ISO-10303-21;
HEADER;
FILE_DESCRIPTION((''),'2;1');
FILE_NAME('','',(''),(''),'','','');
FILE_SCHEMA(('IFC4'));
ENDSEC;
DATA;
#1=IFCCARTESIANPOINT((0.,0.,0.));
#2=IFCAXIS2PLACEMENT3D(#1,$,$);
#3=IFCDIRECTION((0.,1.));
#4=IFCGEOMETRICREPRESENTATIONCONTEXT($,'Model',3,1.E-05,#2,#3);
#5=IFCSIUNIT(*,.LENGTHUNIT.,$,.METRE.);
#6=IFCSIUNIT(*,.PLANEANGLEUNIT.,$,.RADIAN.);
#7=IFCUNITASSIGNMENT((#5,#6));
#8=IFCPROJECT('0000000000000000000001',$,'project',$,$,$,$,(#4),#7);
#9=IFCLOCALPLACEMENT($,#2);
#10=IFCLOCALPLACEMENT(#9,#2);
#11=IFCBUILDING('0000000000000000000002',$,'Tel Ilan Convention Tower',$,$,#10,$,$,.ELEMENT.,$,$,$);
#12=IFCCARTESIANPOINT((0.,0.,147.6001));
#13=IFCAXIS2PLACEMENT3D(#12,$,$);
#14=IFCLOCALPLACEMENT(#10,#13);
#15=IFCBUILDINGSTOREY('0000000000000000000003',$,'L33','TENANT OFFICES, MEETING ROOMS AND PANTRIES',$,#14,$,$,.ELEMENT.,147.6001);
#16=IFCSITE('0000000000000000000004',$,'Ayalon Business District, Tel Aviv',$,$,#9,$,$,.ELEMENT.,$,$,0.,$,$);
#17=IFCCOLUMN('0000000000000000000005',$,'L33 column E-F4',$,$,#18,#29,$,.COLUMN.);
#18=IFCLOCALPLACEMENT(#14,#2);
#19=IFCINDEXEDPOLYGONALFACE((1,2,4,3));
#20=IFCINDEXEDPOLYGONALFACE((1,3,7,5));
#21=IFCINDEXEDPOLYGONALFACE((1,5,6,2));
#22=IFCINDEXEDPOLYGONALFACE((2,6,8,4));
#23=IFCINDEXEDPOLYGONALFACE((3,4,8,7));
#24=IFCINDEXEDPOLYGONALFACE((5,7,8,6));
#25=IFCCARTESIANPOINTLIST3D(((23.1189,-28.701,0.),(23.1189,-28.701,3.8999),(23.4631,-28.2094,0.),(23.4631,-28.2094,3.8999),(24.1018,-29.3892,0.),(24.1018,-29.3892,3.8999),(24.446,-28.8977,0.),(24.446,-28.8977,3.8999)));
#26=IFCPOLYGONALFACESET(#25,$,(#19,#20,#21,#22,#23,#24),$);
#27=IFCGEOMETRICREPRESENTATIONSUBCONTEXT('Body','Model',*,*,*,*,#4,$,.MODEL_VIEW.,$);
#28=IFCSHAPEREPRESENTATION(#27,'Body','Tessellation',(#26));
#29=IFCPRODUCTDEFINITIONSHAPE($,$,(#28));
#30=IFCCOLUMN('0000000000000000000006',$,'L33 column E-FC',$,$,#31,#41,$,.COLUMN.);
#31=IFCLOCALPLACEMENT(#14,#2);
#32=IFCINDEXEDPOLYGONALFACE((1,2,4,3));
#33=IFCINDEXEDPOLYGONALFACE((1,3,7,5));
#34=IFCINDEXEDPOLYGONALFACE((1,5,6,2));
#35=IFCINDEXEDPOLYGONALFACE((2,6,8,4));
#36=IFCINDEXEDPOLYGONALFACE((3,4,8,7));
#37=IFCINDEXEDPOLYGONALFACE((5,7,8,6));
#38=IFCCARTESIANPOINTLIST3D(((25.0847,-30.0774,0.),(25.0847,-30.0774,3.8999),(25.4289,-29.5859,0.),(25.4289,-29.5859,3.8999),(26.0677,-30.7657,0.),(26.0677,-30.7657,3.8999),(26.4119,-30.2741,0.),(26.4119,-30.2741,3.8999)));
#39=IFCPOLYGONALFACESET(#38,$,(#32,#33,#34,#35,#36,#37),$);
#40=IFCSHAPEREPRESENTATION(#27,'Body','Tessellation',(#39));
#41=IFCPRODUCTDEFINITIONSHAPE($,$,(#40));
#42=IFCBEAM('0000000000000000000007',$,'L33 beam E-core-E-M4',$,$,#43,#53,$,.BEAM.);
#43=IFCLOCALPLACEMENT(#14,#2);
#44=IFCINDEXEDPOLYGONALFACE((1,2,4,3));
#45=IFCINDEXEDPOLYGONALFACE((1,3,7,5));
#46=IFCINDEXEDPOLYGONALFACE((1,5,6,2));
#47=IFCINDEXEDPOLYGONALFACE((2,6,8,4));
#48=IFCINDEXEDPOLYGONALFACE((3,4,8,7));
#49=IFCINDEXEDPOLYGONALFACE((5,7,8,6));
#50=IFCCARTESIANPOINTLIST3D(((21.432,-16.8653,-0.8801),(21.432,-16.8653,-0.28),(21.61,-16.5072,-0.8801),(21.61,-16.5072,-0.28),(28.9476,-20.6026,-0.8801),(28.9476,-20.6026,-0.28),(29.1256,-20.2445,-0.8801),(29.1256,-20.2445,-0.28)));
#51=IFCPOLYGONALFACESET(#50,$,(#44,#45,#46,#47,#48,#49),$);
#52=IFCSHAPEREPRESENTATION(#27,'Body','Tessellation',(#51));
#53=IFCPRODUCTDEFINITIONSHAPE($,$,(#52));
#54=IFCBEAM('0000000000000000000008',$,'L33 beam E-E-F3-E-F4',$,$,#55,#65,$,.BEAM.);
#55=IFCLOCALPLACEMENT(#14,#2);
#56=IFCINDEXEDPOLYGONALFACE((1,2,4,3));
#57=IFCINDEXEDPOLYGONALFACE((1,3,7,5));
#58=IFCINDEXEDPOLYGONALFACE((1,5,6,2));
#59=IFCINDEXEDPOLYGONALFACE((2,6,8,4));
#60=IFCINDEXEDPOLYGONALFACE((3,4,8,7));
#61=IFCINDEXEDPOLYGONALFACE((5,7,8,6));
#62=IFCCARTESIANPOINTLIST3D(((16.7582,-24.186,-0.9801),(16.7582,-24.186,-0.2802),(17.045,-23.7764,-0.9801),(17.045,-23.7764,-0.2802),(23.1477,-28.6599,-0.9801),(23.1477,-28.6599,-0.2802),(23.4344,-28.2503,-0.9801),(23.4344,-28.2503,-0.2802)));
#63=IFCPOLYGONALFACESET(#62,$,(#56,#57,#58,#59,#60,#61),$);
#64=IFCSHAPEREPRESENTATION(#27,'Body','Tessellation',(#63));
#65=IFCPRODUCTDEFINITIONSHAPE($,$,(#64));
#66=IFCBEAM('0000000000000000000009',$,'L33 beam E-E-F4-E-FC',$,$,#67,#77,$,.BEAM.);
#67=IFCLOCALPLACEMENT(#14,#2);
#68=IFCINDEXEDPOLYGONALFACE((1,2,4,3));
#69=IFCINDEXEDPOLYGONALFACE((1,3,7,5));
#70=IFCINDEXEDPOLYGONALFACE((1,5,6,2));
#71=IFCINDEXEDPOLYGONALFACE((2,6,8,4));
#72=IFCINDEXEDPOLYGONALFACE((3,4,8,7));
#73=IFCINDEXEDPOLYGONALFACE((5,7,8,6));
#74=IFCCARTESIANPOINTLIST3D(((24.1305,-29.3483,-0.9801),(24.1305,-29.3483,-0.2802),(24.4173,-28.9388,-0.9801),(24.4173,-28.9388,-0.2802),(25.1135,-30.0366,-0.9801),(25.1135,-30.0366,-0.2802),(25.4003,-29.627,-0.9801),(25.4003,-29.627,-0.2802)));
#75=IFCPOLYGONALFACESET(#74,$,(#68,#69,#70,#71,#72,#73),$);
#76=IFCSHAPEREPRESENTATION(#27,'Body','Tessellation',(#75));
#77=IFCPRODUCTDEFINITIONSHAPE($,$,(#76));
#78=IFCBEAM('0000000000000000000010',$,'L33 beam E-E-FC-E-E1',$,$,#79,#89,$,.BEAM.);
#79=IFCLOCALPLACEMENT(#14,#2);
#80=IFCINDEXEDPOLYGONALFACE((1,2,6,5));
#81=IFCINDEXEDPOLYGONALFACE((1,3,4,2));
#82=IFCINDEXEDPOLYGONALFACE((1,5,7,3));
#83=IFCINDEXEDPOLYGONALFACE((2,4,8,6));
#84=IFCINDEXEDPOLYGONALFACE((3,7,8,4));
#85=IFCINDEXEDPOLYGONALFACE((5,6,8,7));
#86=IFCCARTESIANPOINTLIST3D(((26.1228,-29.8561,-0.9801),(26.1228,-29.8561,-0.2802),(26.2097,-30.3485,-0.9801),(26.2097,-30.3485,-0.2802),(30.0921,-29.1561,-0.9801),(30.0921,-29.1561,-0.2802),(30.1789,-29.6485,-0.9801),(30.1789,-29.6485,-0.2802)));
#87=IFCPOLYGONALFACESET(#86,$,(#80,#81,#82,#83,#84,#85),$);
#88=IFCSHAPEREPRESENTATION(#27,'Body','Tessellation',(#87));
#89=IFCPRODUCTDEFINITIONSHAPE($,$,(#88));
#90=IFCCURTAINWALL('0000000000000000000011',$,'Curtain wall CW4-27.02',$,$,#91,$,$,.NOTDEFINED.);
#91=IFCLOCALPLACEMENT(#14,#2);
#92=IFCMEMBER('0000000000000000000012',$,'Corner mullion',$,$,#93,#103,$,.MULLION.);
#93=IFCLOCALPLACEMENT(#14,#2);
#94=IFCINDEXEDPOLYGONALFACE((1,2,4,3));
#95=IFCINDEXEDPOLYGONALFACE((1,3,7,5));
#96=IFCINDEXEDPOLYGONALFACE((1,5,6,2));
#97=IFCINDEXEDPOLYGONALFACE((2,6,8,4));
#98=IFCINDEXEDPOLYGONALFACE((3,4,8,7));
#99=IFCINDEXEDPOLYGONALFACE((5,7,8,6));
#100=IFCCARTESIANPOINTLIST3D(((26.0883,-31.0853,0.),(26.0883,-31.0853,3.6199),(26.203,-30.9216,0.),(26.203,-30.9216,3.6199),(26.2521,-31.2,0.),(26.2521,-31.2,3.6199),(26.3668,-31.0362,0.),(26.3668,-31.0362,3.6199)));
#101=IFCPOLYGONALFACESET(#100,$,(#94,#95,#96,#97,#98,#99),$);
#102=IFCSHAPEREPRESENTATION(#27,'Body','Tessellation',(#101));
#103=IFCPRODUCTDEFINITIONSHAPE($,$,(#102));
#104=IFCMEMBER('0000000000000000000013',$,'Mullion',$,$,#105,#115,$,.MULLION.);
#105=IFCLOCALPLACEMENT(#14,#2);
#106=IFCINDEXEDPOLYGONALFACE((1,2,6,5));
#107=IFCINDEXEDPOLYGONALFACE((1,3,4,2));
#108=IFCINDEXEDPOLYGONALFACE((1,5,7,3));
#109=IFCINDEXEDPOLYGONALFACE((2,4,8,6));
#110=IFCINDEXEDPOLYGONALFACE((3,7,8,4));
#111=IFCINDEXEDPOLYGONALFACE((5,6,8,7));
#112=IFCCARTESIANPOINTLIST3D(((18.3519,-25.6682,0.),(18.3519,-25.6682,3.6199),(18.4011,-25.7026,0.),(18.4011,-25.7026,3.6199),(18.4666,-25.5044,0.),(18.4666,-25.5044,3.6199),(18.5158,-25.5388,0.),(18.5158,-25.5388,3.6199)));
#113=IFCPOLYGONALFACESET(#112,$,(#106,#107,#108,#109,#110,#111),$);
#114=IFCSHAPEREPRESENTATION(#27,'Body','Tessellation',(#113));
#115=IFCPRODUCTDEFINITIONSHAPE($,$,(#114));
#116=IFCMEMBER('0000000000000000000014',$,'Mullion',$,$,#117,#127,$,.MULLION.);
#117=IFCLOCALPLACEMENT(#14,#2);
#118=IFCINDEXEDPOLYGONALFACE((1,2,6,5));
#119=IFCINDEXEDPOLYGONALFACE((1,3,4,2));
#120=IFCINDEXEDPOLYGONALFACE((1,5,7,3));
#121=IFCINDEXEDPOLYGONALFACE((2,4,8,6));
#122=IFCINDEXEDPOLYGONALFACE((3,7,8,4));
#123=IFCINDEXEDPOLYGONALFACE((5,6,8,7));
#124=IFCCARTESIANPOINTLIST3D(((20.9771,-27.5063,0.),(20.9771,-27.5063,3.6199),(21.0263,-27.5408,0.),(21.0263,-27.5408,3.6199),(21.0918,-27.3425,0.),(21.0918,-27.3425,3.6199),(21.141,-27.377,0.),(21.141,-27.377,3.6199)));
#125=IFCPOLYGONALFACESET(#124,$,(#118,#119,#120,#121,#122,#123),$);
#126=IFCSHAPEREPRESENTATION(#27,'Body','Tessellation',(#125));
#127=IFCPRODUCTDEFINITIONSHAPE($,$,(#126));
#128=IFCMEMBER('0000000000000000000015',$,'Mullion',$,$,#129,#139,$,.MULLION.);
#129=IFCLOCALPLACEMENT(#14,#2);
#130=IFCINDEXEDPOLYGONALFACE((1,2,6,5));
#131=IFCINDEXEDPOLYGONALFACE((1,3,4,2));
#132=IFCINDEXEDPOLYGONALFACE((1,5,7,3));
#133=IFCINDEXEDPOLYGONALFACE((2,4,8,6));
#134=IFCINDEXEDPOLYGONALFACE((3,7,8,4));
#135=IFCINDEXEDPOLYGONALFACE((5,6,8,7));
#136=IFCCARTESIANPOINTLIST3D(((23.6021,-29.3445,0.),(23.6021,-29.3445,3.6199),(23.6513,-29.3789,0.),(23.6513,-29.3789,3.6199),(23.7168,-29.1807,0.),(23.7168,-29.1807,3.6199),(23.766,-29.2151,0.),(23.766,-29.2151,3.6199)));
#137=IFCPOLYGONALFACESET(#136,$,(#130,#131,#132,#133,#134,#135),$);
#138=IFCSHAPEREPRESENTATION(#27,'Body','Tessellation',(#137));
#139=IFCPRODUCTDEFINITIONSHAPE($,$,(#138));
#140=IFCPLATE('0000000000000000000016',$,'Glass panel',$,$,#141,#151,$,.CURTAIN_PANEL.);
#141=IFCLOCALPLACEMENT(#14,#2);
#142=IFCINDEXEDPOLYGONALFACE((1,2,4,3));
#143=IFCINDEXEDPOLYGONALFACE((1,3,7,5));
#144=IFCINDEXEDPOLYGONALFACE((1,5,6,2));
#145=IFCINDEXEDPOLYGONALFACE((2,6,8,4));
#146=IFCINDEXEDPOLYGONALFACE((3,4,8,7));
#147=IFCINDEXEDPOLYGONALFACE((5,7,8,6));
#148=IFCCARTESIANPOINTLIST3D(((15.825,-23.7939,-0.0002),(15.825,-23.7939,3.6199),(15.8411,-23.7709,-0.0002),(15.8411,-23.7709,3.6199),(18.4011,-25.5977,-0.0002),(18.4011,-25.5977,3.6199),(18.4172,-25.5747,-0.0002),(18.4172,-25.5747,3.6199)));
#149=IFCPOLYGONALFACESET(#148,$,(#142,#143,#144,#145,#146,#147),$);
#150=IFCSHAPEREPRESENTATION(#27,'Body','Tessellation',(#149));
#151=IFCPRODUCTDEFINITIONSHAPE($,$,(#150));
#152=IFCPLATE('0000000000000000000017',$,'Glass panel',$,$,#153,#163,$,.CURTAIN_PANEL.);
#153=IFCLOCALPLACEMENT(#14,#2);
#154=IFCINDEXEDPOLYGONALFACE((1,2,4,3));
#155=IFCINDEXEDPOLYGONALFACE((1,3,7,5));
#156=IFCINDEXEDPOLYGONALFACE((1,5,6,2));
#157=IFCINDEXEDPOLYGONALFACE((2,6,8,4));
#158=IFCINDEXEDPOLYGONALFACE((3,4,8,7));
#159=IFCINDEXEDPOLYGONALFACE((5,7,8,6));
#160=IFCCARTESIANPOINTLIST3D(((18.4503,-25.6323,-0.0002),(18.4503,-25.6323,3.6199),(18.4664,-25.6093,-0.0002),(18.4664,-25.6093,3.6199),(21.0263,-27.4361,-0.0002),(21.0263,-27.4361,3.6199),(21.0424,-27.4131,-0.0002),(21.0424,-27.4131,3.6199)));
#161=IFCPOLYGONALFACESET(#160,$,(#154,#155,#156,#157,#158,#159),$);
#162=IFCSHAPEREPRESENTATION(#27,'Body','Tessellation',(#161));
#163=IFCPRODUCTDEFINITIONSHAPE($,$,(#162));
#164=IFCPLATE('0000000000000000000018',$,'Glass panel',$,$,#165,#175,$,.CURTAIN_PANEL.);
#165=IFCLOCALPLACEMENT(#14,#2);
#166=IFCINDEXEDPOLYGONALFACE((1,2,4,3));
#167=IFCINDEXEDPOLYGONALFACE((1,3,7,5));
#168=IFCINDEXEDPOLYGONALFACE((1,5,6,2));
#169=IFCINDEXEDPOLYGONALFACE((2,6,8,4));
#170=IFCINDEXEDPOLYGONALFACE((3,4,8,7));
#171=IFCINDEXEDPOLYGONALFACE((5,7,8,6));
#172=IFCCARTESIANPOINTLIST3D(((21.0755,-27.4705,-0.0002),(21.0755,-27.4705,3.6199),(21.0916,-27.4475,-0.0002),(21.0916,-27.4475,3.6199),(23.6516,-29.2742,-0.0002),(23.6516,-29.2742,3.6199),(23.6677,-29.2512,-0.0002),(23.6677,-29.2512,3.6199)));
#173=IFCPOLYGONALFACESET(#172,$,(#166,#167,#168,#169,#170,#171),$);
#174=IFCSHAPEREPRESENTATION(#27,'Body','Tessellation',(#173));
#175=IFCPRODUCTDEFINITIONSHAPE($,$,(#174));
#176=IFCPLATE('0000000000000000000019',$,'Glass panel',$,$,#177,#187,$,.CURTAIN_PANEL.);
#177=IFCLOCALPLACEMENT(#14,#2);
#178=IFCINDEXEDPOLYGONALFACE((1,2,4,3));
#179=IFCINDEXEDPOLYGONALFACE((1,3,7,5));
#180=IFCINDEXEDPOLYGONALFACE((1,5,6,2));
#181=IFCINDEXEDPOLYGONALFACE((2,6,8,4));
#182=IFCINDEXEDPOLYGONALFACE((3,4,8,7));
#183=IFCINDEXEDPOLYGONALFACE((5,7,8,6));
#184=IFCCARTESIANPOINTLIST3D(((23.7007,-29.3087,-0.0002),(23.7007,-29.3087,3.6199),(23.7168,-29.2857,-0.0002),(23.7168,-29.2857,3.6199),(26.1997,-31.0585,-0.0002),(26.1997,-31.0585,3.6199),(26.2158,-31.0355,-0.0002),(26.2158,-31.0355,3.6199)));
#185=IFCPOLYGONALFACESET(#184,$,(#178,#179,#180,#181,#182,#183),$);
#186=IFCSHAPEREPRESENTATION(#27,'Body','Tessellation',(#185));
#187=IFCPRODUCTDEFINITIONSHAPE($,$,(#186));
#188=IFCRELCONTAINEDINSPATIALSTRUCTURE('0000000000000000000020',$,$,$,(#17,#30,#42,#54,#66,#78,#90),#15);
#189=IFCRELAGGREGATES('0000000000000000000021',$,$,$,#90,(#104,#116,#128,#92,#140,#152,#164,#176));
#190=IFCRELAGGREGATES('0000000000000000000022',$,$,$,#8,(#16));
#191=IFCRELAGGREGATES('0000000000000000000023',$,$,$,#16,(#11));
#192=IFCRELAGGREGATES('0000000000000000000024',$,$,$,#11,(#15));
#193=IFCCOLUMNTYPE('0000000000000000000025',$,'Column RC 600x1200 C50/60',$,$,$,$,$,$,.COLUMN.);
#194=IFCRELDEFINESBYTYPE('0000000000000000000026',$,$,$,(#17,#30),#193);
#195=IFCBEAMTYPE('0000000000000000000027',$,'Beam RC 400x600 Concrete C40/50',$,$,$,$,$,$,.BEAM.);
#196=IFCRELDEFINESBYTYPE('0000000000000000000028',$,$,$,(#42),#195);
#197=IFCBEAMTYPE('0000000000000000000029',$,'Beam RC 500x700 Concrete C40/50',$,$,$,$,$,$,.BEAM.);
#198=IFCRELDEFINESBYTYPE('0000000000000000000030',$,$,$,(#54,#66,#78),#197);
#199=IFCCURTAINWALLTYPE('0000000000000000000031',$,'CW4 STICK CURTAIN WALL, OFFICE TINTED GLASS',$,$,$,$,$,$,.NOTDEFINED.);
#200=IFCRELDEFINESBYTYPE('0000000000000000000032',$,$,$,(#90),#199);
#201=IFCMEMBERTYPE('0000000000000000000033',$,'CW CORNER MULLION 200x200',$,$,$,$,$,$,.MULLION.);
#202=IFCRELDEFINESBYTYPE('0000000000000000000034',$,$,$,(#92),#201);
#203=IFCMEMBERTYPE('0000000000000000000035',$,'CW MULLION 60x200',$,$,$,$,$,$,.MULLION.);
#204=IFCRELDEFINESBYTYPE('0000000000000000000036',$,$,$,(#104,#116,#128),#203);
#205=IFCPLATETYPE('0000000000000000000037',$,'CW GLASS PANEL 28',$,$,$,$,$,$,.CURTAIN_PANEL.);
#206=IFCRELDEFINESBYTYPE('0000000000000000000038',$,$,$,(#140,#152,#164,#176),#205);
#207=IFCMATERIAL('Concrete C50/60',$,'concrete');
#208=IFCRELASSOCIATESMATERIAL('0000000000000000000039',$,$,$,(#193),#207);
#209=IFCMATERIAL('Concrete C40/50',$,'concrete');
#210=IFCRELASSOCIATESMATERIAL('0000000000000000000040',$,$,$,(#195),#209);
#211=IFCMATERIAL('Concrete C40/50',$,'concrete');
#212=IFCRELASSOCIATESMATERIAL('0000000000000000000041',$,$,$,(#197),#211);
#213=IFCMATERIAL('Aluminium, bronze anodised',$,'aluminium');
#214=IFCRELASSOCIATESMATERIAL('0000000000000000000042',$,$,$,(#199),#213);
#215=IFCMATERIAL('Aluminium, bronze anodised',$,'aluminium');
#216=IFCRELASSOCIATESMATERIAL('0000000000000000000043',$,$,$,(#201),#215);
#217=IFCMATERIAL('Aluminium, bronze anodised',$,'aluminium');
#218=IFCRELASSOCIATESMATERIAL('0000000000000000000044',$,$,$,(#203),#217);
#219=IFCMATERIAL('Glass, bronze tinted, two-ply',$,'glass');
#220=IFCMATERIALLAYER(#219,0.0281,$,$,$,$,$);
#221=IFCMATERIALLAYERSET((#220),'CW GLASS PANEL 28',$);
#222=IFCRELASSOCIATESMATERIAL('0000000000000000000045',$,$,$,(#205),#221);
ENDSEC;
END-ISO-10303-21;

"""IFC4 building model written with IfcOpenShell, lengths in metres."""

from ifc_helpers import new_model, si_unit, direction, frame, origin, origin_2d, place, context, subcontext, project, spatial, rectangle, extrude, material, layer, layer_set, material_profile, profile_set, type_object, element, aggregate, save


model = new_model("IFC4")

# Units and contexts
model_context = context("Model", 3, precision=1e-05, world=origin(), true_north=direction((0.0, 1.0)))
body_context = subcontext(model_context, "Body", "Model", "MODEL_VIEW")
ifc_project = project(units=[si_unit("LENGTHUNIT", "METRE"), si_unit("PLANEANGLEUNIT", "RADIAN")], contexts=[model_context])

# Site, building, storey
site_placement = place(None, origin())
site = spatial("IfcSite", under=ifc_project, at=site_placement, Name="Ayalon Business District, Tel Aviv", CompositionType="ELEMENT", RefElevation=0.0)
building_placement = place(site_placement, origin())
building = spatial("IfcBuilding", under=site, at=building_placement, Name="Tel Ilan Convention Tower", CompositionType="ELEMENT")
storey_placement = place(building_placement, frame((0.0, 0.0, 147.6001)))
storey = spatial("IfcBuildingStorey", under=building, at=storey_placement, Name="L33", Description="TENANT OFFICES, MEETING ROOMS AND PANTRIES", CompositionType="ELEMENT", Elevation=147.6001)

# Columns
ifc_material_1 = material(Name="Concrete C50/60", Category="concrete")
ifc_material_profile_1 = material_profile(ifc_material_1, rectangle(XDim=1.2, YDim=0.6001, at=origin_2d()), Name="RC 600x1200")
ifc_profile_set_1 = profile_set([ifc_material_profile_1], Name="Concrete C50/60")
column_type = type_object("IfcColumnType", Name="Column RC 600x1200 C50/60", PredefinedType="COLUMN", material=ifc_profile_set_1)
for number, where, z_axis, x_axis, name in (
    (1, (23.7825, -28.7993, 0.0), (0.0, 0.0, 1.0), (0.819152, -0.573576, 0.0), "L33 column E-F4"),
    (2, (25.7483, -30.1758, 0.0), (0.0, 0.0, 1.0), (0.819152, -0.573576, 0.0), "L33 column E-FC"),
):
    element("IfcColumn", number, at=place(storey_placement, frame(where, z_axis=z_axis, x_axis=x_axis)), inside=storey, type_object=column_type, Name=name, PredefinedType="COLUMN", context=body_context, shape_type="SweptSolid", body=[
        extrude(rectangle(XDim=1.2, YDim=0.6001, at=origin_2d()), origin(), (0.0, 0.0, 1.0), 3.8999),
    ])

# Beams
ifc_material_2 = material(Name="Concrete C40/50", Category="concrete")
ifc_material_profile_2 = material_profile(ifc_material_2, rectangle(XDim=0.3999, YDim=0.6001, at=origin_2d()), Name="RC 400x600")
ifc_profile_set_2 = profile_set([ifc_material_profile_2], Name="Concrete C40/50")
beam_type_1 = type_object("IfcBeamType", Name="Beam RC 400x600 Concrete C40/50", PredefinedType="BEAM", material=ifc_profile_set_2)
beam_1_placement = place(storey_placement, frame((21.521, -16.6863, -0.5801), z_axis=(0.895402, -0.445258, 0.0), x_axis=(0.445258, 0.895402, 0.0)))
element("IfcBeam", 3, at=beam_1_placement, inside=storey, type_object=beam_type_1, Name="L33 beam E-core-E-M4", PredefinedType="BEAM", context=body_context, shape_type="SweptSolid", body=[
    extrude(rectangle(XDim=0.3999, YDim=0.6001, at=origin_2d()), origin(), (0.0, 0.0, 1.0), 8.3936),
])
ifc_material_3 = material(Name="Concrete C40/50", Category="concrete")
ifc_material_profile_3 = material_profile(ifc_material_3, rectangle(XDim=0.5, YDim=0.7, at=origin_2d()), Name="RC 500x700")
ifc_profile_set_3 = profile_set([ifc_material_profile_3], Name="Concrete C40/50")
beam_type_2 = type_object("IfcBeamType", Name="Beam RC 500x700 Concrete C40/50", PredefinedType="BEAM", material=ifc_profile_set_3)
beam_2_placement = place(storey_placement, frame((16.9016, -23.9812, -0.6301), z_axis=(0.819154, -0.573574, 0.0), x_axis=(0.573574, 0.819154, 0.0)))
element("IfcBeam", 4, at=beam_2_placement, inside=storey, type_object=beam_type_2, Name="L33 beam E-E-F3-E-F4", PredefinedType="BEAM", context=body_context, shape_type="SweptSolid", body=[
    extrude(rectangle(XDim=0.5, YDim=0.7, at=origin_2d()), origin(), (0.0, 0.0, 1.0), 7.8),
])
beam_3_placement = place(storey_placement, frame((24.2739, -29.1436, -0.6301), z_axis=(0.819155, -0.573572, 0.0), x_axis=(0.573572, 0.819155, 0.0)))
element("IfcBeam", 5, at=beam_3_placement, inside=storey, type_object=beam_type_2, Name="L33 beam E-E-F4-E-FC", PredefinedType="BEAM", context=body_context, shape_type="SweptSolid", body=[
    extrude(rectangle(XDim=0.5, YDim=0.7, at=origin_2d()), origin(), (0.0, 0.0, 1.0), 1.2),
])
beam_4_placement = place(storey_placement, frame((26.1663, -30.1023, -0.6301), z_axis=(0.984805, 0.173664, 0.0), x_axis=(-0.173664, 0.984805, 0.0)))
element("IfcBeam", 6, at=beam_4_placement, inside=storey, type_object=beam_type_2, Name="L33 beam E-E-FC-E-E1", PredefinedType="BEAM", context=body_context, shape_type="SweptSolid", body=[
    extrude(rectangle(XDim=0.5, YDim=0.7, at=origin_2d()), origin(), (0.0, 0.0, 1.0), 4.0305),
])

# Curtain wall, members, plates
ifc_material_4 = material(Name="Aluminium, bronze anodised", Category="aluminium")
curtain_wall_type = type_object("IfcCurtainWallType", Name="CW4 STICK CURTAIN WALL, OFFICE TINTED GLASS", PredefinedType="NOTDEFINED", material=ifc_material_4)
curtain_wall_placement = place(storey_placement, origin())
curtain_wall = element("IfcCurtainWall", 7, at=curtain_wall_placement, inside=storey, type_object=curtain_wall_type, Name="Curtain wall CW4-27.02", PredefinedType="NOTDEFINED")
ifc_material_5 = material(Name="Aluminium, bronze anodised", Category="aluminium")
ifc_material_profile_4 = material_profile(ifc_material_5, rectangle(XDim=0.2, YDim=0.2, at=origin_2d()), Name="CW CORNER MULLION 200x200")
ifc_profile_set_4 = profile_set([ifc_material_profile_4], Name="Aluminium, bronze anodised")
member_type_1 = type_object("IfcMemberType", Name="CW CORNER MULLION 200x200", PredefinedType="MULLION", material=ifc_profile_set_4)
member_1_placement = place(storey_placement, frame((26.2275, -31.0608, 0.0), z_axis=(0.0, 0.0, 1.0), x_axis=(0.819152, -0.573576, 0.0)))
member_1 = element("IfcMember", 8, at=member_1_placement, type_object=member_type_1, Name="Corner mullion", PredefinedType="MULLION", context=body_context, shape_type="SweptSolid", body=[
    extrude(rectangle(XDim=0.2, YDim=0.2, at=origin_2d()), origin(), (0.0, 0.0, 1.0), 3.6199),
])
ifc_material_6 = material(Name="Aluminium, bronze anodised", Category="aluminium")
ifc_material_profile_5 = material_profile(ifc_material_6, rectangle(XDim=0.0601, YDim=0.2, at=origin_2d()), Name="CW MULLION 60x200")
ifc_profile_set_5 = profile_set([ifc_material_profile_5], Name="Aluminium, bronze anodised")
member_type_2 = type_object("IfcMemberType", Name="CW MULLION 60x200", PredefinedType="MULLION", material=ifc_profile_set_5)
member_2_placement = place(storey_placement, frame((18.4338, -25.6035, 0.0), z_axis=(0.0, 0.0, 1.0), x_axis=(0.819152, -0.573576, 0.0)))
member_2 = element("IfcMember", 9, at=member_2_placement, type_object=member_type_2, Name="Mullion", PredefinedType="MULLION", context=body_context, shape_type="SweptSolid", body=[
    extrude(rectangle(XDim=0.0601, YDim=0.2, at=origin_2d()), origin(), (0.0, 0.0, 1.0), 3.6199),
])
member_3_placement = place(storey_placement, frame((21.0591, -27.4417, 0.0), z_axis=(0.0, 0.0, 1.0), x_axis=(0.819152, -0.573576, 0.0)))
member_3 = element("IfcMember", 10, at=member_3_placement, type_object=member_type_2, Name="Mullion", PredefinedType="MULLION", context=body_context, shape_type="SweptSolid", body=[
    extrude(rectangle(XDim=0.0601, YDim=0.2, at=origin_2d()), origin(), (0.0, 0.0, 1.0), 3.6199),
])
member_4_placement = place(storey_placement, frame((23.6841, -29.2798, 0.0), z_axis=(0.0, 0.0, 1.0), x_axis=(0.819152, -0.573576, 0.0)))
member_4 = element("IfcMember", 11, at=member_4_placement, type_object=member_type_2, Name="Mullion", PredefinedType="MULLION", context=body_context, shape_type="SweptSolid", body=[
    extrude(rectangle(XDim=0.0601, YDim=0.2, at=origin_2d()), origin(), (0.0, 0.0, 1.0), 3.6199),
])
ifc_material_7 = material(Name="Glass, bronze tinted, two-ply", Category="glass")
ifc_layer_1 = layer(ifc_material_7, 0.0281)
ifc_layer_set_1 = layer_set([ifc_layer_1], Name="CW GLASS PANEL 28")
plate_type = type_object("IfcPlateType", Name="CW GLASS PANEL 28", PredefinedType="CURTAIN_PANEL", material=ifc_layer_set_1)
plate_1_placement = place(storey_placement, frame((17.1211, -24.6843, -0.0002), z_axis=(0.0, 0.0, 1.0), x_axis=(0.819152, -0.573576, 0.0)))
plate_1 = element("IfcPlate", 12, at=plate_1_placement, type_object=plate_type, Name="Glass panel", PredefinedType="CURTAIN_PANEL", context=body_context, shape_type="SweptSolid", body=[
    extrude(rectangle(XDim=3.1448, YDim=0.0281, at=origin_2d()), origin(), (0.0, 0.0, 1.0), 3.6201),
])
plate_2_placement = place(storey_placement, frame((19.7463, -26.5227, -0.0002), z_axis=(0.0, 0.0, 1.0), x_axis=(0.819152, -0.573576, 0.0)))
plate_2 = element("IfcPlate", 13, at=plate_2_placement, type_object=plate_type, Name="Glass panel", PredefinedType="CURTAIN_PANEL", context=body_context, shape_type="SweptSolid", body=[
    extrude(rectangle(XDim=3.1448, YDim=0.0281, at=origin_2d()), origin(), (0.0, 0.0, 1.0), 3.6201),
])
plate_3_placement = place(storey_placement, frame((22.3716, -28.3608, -0.0002), z_axis=(0.0, 0.0, 1.0), x_axis=(0.819152, -0.573576, 0.0)))
plate_3 = element("IfcPlate", 14, at=plate_3_placement, type_object=plate_type, Name="Glass panel", PredefinedType="CURTAIN_PANEL", context=body_context, shape_type="SweptSolid", body=[
    extrude(rectangle(XDim=3.1448, YDim=0.0281, at=origin_2d()), origin(), (0.0, 0.0, 1.0), 3.6201),
])
plate_4_placement = place(storey_placement, frame((24.9583, -30.1721, -0.0002), z_axis=(0.0, 0.0, 1.0), x_axis=(0.819152, -0.573576, 0.0)))
plate_4 = element("IfcPlate", 15, at=plate_4_placement, type_object=plate_type, Name="Glass panel", PredefinedType="CURTAIN_PANEL", context=body_context, shape_type="SweptSolid", body=[
    extrude(rectangle(XDim=3.0508, YDim=0.0281, at=origin_2d()), origin(), (0.0, 0.0, 1.0), 3.6201),
])
aggregate(curtain_wall, [member_2, member_3, member_4, member_1, plate_1, plate_2, plate_3, plate_4])

save(model, "model.ifc")
